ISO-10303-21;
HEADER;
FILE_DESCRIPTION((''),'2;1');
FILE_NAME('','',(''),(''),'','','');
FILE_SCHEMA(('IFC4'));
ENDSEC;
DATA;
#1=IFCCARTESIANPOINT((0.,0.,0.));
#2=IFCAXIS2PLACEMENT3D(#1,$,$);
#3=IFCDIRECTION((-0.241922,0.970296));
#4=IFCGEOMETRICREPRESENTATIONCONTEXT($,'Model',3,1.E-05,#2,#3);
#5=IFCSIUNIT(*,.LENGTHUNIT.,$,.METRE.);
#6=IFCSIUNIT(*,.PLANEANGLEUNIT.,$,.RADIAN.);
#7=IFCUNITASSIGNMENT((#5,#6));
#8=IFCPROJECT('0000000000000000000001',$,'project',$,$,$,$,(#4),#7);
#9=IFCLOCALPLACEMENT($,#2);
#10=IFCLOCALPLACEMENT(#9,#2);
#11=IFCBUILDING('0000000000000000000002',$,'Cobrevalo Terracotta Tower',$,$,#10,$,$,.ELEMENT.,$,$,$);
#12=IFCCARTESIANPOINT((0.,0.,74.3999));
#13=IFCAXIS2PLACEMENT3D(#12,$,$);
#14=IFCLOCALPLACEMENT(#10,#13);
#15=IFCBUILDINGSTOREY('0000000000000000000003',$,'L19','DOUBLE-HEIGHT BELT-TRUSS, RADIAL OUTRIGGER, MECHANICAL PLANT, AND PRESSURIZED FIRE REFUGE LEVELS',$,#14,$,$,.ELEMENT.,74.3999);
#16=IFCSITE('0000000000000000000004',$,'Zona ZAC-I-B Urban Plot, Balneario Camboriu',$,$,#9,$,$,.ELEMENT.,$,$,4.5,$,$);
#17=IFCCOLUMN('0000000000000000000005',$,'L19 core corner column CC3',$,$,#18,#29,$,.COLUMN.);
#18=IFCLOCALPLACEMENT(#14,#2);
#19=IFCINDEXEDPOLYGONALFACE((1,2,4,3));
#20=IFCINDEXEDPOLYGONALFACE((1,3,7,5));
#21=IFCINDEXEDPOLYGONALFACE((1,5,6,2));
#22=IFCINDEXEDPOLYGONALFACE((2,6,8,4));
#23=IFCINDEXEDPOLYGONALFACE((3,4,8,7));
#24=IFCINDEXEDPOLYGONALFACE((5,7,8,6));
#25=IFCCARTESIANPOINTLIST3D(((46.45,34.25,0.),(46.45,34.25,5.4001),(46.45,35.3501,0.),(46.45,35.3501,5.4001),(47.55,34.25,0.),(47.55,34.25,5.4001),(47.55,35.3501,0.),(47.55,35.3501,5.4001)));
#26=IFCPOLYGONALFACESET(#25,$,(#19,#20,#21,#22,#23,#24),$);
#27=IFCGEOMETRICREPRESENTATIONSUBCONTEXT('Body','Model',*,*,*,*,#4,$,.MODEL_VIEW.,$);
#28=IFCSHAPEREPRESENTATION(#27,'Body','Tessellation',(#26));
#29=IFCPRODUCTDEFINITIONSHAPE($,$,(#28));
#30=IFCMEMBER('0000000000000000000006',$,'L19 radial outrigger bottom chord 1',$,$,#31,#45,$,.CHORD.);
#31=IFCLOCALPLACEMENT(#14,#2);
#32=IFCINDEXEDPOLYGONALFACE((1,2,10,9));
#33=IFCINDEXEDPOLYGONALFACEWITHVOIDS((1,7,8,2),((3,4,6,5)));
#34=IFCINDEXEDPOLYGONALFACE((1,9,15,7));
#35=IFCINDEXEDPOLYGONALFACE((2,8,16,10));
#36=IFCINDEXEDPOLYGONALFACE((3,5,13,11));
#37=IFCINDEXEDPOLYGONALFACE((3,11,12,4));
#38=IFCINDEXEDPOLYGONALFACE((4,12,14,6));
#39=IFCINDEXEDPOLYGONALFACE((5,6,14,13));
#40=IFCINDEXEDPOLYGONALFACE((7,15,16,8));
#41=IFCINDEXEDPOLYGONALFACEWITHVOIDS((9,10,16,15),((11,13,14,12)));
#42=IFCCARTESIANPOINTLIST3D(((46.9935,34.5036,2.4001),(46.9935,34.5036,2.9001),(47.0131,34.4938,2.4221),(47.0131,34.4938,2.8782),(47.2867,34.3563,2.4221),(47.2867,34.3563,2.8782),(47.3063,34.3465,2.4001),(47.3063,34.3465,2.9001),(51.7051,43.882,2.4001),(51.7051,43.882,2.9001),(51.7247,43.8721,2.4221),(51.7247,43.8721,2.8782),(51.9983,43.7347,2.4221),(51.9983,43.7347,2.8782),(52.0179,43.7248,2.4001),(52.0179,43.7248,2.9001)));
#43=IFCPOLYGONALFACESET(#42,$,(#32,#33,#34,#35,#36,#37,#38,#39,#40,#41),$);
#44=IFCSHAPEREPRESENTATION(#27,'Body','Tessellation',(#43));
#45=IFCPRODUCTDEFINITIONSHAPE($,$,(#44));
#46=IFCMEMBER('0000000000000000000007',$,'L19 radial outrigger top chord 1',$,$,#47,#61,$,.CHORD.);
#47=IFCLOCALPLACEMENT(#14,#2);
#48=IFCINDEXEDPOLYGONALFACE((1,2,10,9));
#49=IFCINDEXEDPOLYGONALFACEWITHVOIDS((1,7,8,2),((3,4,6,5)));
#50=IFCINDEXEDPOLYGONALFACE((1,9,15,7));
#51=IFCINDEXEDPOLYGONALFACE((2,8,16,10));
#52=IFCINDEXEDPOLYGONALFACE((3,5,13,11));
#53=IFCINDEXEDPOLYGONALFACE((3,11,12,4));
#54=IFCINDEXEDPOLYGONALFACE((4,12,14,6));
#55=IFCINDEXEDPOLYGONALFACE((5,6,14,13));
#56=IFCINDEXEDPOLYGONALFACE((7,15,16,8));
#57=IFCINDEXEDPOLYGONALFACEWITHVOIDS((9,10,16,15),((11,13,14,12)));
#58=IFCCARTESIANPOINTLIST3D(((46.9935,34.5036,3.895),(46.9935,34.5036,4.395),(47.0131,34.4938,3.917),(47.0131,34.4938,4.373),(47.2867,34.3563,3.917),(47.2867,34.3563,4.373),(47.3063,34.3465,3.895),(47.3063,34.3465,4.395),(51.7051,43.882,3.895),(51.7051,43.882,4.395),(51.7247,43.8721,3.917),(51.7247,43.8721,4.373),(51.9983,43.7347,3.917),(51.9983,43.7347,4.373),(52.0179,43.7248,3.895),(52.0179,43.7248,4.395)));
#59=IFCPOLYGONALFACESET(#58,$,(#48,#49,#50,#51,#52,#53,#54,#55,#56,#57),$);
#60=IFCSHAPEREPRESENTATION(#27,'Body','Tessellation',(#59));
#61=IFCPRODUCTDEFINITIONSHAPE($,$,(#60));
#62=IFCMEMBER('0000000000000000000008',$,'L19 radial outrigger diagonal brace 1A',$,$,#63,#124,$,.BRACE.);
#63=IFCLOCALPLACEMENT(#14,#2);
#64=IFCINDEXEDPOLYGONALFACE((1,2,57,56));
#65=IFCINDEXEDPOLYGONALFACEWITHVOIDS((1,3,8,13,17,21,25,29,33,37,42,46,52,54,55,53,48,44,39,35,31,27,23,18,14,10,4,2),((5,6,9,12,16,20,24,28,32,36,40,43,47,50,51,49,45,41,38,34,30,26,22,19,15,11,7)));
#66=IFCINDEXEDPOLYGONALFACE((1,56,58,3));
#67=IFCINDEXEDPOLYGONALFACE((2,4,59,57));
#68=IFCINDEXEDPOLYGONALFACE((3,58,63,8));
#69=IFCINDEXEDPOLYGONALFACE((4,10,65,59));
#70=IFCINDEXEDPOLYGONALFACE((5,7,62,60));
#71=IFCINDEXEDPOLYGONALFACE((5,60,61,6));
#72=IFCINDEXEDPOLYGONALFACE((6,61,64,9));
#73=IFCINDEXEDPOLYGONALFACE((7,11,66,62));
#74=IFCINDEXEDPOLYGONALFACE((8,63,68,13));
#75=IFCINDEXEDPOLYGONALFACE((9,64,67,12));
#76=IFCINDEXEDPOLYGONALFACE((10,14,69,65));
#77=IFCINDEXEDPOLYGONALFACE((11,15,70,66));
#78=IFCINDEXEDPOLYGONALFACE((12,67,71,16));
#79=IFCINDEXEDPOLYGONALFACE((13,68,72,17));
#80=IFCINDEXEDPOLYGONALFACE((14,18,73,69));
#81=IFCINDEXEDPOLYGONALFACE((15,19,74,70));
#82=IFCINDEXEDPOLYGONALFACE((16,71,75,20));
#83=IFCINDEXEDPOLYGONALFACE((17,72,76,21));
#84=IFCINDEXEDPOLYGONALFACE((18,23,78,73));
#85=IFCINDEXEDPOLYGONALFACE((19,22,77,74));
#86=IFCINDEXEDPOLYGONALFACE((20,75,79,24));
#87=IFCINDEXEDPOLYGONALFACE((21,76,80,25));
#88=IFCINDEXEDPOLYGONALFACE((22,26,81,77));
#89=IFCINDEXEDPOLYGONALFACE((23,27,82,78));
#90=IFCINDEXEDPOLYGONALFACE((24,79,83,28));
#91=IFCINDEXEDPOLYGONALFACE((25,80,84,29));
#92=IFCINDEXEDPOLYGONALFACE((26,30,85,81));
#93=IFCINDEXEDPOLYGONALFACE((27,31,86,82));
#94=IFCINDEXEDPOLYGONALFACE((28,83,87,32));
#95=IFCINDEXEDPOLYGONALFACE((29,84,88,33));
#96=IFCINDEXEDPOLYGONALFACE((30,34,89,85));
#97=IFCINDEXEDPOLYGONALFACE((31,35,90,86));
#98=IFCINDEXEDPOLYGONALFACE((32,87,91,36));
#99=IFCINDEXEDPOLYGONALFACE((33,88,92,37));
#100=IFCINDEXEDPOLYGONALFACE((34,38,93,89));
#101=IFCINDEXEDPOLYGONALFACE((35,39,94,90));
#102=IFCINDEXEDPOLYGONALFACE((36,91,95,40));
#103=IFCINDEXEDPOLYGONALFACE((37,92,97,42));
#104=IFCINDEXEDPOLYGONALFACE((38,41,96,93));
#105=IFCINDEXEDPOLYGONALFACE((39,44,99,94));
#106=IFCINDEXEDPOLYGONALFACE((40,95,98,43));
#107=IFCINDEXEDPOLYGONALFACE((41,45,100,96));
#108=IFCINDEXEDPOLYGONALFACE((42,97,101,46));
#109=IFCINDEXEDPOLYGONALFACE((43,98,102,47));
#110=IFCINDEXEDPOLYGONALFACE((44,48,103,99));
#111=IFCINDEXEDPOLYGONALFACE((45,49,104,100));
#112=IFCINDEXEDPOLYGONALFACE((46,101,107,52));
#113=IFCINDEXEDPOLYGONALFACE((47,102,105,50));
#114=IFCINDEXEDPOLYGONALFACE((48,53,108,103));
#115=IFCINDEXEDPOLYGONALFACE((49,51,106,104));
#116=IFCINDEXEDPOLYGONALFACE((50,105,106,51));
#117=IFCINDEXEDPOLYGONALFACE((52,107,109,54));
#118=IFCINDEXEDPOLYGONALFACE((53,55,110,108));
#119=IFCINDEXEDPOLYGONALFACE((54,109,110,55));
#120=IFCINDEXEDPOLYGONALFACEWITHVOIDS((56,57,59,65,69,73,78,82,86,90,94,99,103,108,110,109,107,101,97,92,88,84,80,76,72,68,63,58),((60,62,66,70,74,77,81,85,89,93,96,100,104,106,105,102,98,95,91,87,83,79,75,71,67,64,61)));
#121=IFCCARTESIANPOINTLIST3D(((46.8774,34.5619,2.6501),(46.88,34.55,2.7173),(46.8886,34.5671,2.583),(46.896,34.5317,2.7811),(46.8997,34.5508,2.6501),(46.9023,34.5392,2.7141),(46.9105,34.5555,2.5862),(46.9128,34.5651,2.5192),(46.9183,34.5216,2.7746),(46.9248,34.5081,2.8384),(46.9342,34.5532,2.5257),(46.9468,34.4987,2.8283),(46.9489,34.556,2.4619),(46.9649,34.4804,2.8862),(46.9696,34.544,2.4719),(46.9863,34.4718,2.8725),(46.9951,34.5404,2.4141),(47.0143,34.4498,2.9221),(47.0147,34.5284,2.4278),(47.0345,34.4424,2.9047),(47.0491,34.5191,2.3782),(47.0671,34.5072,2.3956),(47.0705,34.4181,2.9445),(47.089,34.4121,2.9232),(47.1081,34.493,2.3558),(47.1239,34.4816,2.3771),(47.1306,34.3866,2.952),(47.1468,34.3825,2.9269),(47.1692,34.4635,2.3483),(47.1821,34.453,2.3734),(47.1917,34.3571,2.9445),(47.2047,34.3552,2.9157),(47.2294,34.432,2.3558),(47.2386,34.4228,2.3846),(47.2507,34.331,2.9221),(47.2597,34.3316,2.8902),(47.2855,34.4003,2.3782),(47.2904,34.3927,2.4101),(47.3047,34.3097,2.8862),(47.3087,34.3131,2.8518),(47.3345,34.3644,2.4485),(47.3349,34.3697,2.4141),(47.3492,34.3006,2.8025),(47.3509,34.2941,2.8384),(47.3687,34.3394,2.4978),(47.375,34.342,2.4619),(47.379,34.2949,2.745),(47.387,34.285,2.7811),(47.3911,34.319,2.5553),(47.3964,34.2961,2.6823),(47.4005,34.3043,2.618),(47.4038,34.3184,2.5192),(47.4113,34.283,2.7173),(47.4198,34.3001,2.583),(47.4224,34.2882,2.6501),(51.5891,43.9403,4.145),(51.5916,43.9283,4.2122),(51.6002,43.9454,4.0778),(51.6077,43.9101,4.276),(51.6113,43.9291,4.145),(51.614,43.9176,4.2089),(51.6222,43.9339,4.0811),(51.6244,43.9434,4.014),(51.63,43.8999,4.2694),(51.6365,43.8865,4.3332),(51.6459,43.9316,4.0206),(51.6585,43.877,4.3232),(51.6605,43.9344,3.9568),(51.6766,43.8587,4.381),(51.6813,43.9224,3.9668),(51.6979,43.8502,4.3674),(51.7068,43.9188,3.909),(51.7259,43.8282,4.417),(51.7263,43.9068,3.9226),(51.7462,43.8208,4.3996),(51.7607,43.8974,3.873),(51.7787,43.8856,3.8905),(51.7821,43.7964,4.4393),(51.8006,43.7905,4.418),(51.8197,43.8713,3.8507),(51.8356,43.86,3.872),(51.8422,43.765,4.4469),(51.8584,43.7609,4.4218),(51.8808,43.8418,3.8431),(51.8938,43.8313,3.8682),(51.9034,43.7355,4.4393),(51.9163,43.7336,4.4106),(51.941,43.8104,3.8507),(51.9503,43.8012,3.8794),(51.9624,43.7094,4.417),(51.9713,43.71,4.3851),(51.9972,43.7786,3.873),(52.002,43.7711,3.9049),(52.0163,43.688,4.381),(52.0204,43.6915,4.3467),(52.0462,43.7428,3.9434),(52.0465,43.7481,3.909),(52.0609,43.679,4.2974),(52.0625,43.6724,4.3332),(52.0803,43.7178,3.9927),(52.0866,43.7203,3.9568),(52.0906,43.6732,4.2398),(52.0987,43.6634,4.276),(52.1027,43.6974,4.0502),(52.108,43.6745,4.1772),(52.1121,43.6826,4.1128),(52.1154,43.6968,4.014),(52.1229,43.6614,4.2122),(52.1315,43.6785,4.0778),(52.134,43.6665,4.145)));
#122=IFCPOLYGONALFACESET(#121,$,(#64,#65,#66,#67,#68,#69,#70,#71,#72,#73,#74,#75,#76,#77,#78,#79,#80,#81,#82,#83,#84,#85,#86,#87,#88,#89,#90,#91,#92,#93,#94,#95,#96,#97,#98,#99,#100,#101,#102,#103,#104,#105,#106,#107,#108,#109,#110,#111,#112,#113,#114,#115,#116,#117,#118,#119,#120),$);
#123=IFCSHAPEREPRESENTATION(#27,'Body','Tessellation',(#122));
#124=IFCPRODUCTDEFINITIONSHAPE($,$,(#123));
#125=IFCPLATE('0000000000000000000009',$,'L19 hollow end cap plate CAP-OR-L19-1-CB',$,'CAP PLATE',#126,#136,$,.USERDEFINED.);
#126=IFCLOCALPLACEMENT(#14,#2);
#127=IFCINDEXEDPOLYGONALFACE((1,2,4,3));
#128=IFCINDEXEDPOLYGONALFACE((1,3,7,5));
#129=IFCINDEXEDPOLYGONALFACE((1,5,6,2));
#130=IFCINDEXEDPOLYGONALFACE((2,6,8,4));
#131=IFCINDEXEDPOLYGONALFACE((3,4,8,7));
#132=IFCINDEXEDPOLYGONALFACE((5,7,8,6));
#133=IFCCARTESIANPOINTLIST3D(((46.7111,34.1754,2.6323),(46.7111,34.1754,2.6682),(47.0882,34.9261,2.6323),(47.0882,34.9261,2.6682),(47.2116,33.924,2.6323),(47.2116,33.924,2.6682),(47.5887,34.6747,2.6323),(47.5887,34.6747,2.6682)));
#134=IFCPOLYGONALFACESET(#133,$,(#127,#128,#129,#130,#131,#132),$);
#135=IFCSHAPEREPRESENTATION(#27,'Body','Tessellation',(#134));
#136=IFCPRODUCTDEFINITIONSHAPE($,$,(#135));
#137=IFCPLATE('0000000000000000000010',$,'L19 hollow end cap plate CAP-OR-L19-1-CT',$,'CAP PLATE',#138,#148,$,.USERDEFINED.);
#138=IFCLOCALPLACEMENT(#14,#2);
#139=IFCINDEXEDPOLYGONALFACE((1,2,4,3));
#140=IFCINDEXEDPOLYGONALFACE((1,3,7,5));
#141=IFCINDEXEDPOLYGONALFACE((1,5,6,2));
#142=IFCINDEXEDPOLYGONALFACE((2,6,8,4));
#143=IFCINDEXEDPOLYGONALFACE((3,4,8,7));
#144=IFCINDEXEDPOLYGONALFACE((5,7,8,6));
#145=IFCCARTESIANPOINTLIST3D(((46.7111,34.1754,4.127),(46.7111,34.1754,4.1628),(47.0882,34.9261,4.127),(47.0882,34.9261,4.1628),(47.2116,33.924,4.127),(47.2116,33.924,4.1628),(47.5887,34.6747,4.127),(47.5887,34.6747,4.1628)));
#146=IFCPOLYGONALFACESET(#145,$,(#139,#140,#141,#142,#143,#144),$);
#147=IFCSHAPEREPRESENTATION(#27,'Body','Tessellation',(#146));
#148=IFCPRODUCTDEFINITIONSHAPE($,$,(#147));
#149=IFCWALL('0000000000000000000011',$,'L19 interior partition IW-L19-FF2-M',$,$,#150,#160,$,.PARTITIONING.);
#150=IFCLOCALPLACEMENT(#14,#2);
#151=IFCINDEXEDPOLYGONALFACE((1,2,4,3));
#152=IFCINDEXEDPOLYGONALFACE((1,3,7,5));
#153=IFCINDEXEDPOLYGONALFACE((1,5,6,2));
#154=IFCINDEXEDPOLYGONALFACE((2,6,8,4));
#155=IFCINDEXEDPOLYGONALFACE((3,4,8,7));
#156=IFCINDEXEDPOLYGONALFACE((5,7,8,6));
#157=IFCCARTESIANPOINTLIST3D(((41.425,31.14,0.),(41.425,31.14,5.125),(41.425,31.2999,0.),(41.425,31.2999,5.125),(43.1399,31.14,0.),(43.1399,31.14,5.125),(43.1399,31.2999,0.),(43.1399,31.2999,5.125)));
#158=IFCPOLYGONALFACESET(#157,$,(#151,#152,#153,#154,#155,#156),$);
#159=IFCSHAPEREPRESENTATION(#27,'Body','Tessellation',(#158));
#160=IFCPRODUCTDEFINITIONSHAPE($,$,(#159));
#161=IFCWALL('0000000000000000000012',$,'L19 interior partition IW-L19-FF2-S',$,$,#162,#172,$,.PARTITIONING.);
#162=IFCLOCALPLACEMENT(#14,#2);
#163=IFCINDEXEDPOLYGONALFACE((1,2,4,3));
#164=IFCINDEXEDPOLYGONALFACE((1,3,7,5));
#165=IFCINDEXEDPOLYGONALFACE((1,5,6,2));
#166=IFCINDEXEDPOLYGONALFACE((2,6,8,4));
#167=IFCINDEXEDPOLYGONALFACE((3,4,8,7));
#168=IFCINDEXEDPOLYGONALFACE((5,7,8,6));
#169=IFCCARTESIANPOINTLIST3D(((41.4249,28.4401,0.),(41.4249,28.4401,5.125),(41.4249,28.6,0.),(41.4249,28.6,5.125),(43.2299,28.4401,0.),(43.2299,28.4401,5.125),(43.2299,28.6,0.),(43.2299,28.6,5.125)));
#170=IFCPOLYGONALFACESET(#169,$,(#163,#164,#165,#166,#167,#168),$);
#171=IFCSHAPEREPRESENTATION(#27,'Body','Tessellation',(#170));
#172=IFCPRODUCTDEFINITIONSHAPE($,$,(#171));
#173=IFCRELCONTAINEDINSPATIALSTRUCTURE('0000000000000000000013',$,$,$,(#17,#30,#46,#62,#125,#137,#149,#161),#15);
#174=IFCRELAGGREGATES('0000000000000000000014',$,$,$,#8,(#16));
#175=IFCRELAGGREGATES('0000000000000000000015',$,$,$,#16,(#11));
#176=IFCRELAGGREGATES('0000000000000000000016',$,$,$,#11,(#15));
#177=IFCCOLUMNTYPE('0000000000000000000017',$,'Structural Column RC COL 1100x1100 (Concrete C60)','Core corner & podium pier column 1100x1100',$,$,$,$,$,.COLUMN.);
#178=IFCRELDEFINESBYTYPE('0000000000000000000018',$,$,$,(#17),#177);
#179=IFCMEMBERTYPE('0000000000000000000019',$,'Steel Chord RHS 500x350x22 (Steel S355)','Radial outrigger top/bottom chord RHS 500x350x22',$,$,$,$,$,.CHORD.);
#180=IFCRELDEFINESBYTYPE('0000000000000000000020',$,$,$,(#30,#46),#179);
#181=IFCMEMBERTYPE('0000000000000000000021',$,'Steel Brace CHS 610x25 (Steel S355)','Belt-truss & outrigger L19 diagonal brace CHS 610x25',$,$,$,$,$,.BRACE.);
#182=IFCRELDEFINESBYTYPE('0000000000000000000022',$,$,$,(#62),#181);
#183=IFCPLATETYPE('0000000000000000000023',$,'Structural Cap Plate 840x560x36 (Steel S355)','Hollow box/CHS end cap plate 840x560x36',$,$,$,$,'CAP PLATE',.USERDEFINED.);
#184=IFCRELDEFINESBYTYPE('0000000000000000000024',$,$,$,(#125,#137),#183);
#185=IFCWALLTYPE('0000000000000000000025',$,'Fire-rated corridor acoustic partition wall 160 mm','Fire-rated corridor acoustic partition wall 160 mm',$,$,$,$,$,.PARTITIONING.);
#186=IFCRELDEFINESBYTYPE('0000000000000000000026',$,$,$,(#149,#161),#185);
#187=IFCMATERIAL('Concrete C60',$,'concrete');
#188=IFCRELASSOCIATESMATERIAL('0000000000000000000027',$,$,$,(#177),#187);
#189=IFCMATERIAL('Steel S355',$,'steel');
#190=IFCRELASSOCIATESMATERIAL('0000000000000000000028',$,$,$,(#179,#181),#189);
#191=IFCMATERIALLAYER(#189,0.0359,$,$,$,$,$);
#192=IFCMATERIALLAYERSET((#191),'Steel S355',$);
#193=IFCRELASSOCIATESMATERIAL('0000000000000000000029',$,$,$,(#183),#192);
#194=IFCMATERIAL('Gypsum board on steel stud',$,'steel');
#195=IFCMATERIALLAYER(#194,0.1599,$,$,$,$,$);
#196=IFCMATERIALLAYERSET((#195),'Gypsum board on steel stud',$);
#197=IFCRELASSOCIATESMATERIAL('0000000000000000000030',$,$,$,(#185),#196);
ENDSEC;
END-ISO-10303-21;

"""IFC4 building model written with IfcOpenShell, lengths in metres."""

from ifc_helpers import new_model, si_unit, direction, frame, frame_2d, origin, origin_2d, place, context, subcontext, project, spatial, rectangle, hollow_rectangle, hollow_circle, extrude, source, transform, mapped, material, layer, layer_set, material_profile, profile_set, type_object, element, save


model = new_model("IFC4")

# Units and contexts
model_context = context("Model", 3, precision=1e-05, world=origin(), true_north=direction((-0.241922, 0.970296)))
body_context = subcontext(model_context, "Body", "Model", "MODEL_VIEW")
ifc_project = project(units=[si_unit("LENGTHUNIT", "METRE"), si_unit("PLANEANGLEUNIT", "RADIAN")], contexts=[model_context])

# Site, building, storey
site_placement = place(None, origin())
site = spatial("IfcSite", under=ifc_project, at=site_placement, Name="Zona ZAC-I-B Urban Plot, Balneario Camboriu", CompositionType="ELEMENT", RefElevation=4.5)
building_placement = place(site_placement, origin())
building = spatial("IfcBuilding", under=site, at=building_placement, Name="Cobrevalo Terracotta Tower", CompositionType="ELEMENT")
storey_placement = place(building_placement, frame((0.0, 0.0, 74.3999)))
storey = spatial("IfcBuildingStorey", under=building, at=storey_placement, Name="L19", Description="DOUBLE-HEIGHT BELT-TRUSS, RADIAL OUTRIGGER, MECHANICAL PLANT, AND PRESSURIZED FIRE REFUGE LEVELS", CompositionType="ELEMENT", Elevation=74.3999)

# Column
ifc_material_1 = material(Name="Concrete C60", Category="concrete")
ifc_material_profile_1 = material_profile(ifc_material_1, rectangle(XDim=1.1001, YDim=1.1001, at=origin_2d()), Name="RC COL 1100x1100")
ifc_profile_set_1 = profile_set([ifc_material_profile_1], Name="Concrete C60")
column_type = type_object("IfcColumnType", Name="Structural Column RC COL 1100x1100 (Concrete C60)", Description="Core corner & podium pier column 1100x1100", PredefinedType="COLUMN", material=ifc_profile_set_1)
column_placement = place(storey_placement, frame((47.0, 34.8, 0.0), z_axis=(0.0, 0.0, 1.0), x_axis=(1.0, 0.0, 0.0)))
element("IfcColumn", 1, at=column_placement, inside=storey, type_object=column_type, Name="L19 core corner column CC3", PredefinedType="COLUMN", context=body_context, shape_type="SweptSolid", body=[
    extrude(rectangle(XDim=1.1001, YDim=1.1001, at=origin_2d()), origin(), (0.0, 0.0, 1.0), 5.4001),
])

# Members
ifc_material_2 = material(Name="Steel S355", Category="steel")
ifc_material_profile_2 = material_profile(ifc_material_2, hollow_rectangle(XDim=0.3501, YDim=0.5, WallThickness=0.022, at=origin_2d()), Name="RHS 500x350x22")
ifc_profile_set_2 = profile_set([ifc_material_profile_2], Name="Steel S355")
member_type_1 = type_object("IfcMemberType", Name="Steel Chord RHS 500x350x22 (Steel S355)", Description="Radial outrigger top/bottom chord RHS 500x350x22", PredefinedType="CHORD", material=ifc_profile_set_2)
shared_shape_1 = source(origin(), body_context, "Body", "SweptSolid", [
    extrude(hollow_rectangle(XDim=0.3501, YDim=0.5, WallThickness=0.022, at=origin_2d()), origin(), (0.0, 0.0, 1.0), 10.4954),
])
for number, where, z_axis, x_axis, name in (
    (2, (47.1499, 34.425, 2.6501), (0.448925, 0.89357, 0.0), (-0.89357, 0.448925, 0.0), "L19 radial outrigger bottom chord 1"),
    (3, (47.1499, 34.425, 4.145), (0.448925, 0.89357, 0.0), (-0.89357, 0.448925, 0.0), "L19 radial outrigger top chord 1"),
):
    element("IfcMember", number, at=place(storey_placement, frame(where, z_axis=z_axis, x_axis=x_axis)), inside=storey, type_object=member_type_1, Name=name, PredefinedType="CHORD", context=body_context, shape_type="MappedRepresentation", body=[
        mapped(shared_shape_1, transform((0.0, 0.0, 0.0), scale=1.0)),
    ])
ifc_material_profile_3 = material_profile(ifc_material_2, hollow_circle(Radius=0.3049, WallThickness=0.0249, at=origin_2d()), Name="CHS 610x25")
ifc_profile_set_3 = profile_set([ifc_material_profile_3], Name="Steel S355")
member_type_2 = type_object("IfcMemberType", Name="Steel Brace CHS 610x25 (Steel S355)", Description="Belt-truss & outrigger L19 diagonal brace CHS 610x25", PredefinedType="BRACE", material=ifc_profile_set_3)
shared_shape_2 = source(origin(), body_context, "Body", "SweptSolid", [
    extrude(hollow_circle(Radius=0.3049, WallThickness=0.0249, at=origin_2d()), origin(), (0.0, 0.0, 1.0), 10.6013),
])
member_placement = place(storey_placement, frame((47.1499, 34.425, 2.6501), z_axis=(0.444439, 0.884641, 0.141007), x_axis=(-0.89357, 0.448925, 0.0)))
element("IfcMember", 4, at=member_placement, inside=storey, type_object=member_type_2, Name="L19 radial outrigger diagonal brace 1A", PredefinedType="BRACE", context=body_context, shape_type="MappedRepresentation", body=[
    mapped(shared_shape_2, transform((0.0, 0.0, 0.0), scale=1.0)),
])

# Plates
ifc_layer_1 = layer(ifc_material_2, 0.0359)
ifc_layer_set_1 = layer_set([ifc_layer_1], Name="Steel S355")
plate_type = type_object("IfcPlateType", Name="Structural Cap Plate 840x560x36 (Steel S355)", Description="Hollow box/CHS end cap plate 840x560x36", ElementType="CAP PLATE", PredefinedType="USERDEFINED", material=ifc_layer_set_1)
shared_shape_3 = source(origin(), body_context, "Body", "SweptSolid", [
    extrude(rectangle(XDim=0.8401, YDim=0.5601, at=origin_2d()), origin(), (0.0, 0.0, 1.0), 0.0359),
])
for number, where, z_axis, x_axis, name in (
    (5, (47.1499, 34.425, 2.6323), (0.0, 0.0, 1.0), (0.448904, 0.89358, 0.0), "L19 hollow end cap plate CAP-OR-L19-1-CB"),
    (6, (47.1499, 34.425, 4.127), (0.0, 0.0, 1.0), (0.448904, 0.89358, 0.0), "L19 hollow end cap plate CAP-OR-L19-1-CT"),
):
    element("IfcPlate", number, at=place(storey_placement, frame(where, z_axis=z_axis, x_axis=x_axis)), inside=storey, type_object=plate_type, Name=name, ObjectType="CAP PLATE", PredefinedType="USERDEFINED", context=body_context, shape_type="MappedRepresentation", body=[
        mapped(shared_shape_3, transform((0.0, 0.0, 0.0), scale=1.0)),
    ])

# Walls
ifc_material_3 = material(Name="Gypsum board on steel stud", Category="steel")
ifc_layer_2 = layer(ifc_material_3, 0.1599)
ifc_layer_set_2 = layer_set([ifc_layer_2], Name="Gypsum board on steel stud")
wall_type_1 = type_object("IfcWallType", Name="Fire-rated corridor acoustic partition wall 160 mm", Description="Fire-rated corridor acoustic partition wall 160 mm", PredefinedType="PARTITIONING", material=ifc_layer_set_2)
wall_1_placement = place(storey_placement, frame((41.425, 31.22, 0.0), z_axis=(0.0, 0.0, 1.0), x_axis=(1.0, 0.0, 0.0)))
element("IfcWall", 7, at=wall_1_placement, inside=storey, type_object=wall_type_1, Name="L19 interior partition IW-L19-FF2-M", PredefinedType="PARTITIONING", context=body_context, shape_type="SweptSolid", body=[
    extrude(rectangle(XDim=1.7148, YDim=0.1599, at=frame_2d((0.8574, 0.0))), origin(), (0.0, 0.0, 1.0), 5.125),
])
wall_2_placement = place(storey_placement, frame((41.425, 28.52, 0.0), z_axis=(0.0, 0.0, 1.0), x_axis=(1.0, 0.0, 0.0)))
element("IfcWall", 8, at=wall_2_placement, inside=storey, type_object=wall_type_1, Name="L19 interior partition IW-L19-FF2-S", PredefinedType="PARTITIONING", context=body_context, shape_type="SweptSolid", body=[
    extrude(rectangle(XDim=1.8049, YDim=0.1599, at=frame_2d((0.9023, 0.0))), origin(), (0.0, 0.0, 1.0), 5.125),
])

save(model, "model.ifc")
